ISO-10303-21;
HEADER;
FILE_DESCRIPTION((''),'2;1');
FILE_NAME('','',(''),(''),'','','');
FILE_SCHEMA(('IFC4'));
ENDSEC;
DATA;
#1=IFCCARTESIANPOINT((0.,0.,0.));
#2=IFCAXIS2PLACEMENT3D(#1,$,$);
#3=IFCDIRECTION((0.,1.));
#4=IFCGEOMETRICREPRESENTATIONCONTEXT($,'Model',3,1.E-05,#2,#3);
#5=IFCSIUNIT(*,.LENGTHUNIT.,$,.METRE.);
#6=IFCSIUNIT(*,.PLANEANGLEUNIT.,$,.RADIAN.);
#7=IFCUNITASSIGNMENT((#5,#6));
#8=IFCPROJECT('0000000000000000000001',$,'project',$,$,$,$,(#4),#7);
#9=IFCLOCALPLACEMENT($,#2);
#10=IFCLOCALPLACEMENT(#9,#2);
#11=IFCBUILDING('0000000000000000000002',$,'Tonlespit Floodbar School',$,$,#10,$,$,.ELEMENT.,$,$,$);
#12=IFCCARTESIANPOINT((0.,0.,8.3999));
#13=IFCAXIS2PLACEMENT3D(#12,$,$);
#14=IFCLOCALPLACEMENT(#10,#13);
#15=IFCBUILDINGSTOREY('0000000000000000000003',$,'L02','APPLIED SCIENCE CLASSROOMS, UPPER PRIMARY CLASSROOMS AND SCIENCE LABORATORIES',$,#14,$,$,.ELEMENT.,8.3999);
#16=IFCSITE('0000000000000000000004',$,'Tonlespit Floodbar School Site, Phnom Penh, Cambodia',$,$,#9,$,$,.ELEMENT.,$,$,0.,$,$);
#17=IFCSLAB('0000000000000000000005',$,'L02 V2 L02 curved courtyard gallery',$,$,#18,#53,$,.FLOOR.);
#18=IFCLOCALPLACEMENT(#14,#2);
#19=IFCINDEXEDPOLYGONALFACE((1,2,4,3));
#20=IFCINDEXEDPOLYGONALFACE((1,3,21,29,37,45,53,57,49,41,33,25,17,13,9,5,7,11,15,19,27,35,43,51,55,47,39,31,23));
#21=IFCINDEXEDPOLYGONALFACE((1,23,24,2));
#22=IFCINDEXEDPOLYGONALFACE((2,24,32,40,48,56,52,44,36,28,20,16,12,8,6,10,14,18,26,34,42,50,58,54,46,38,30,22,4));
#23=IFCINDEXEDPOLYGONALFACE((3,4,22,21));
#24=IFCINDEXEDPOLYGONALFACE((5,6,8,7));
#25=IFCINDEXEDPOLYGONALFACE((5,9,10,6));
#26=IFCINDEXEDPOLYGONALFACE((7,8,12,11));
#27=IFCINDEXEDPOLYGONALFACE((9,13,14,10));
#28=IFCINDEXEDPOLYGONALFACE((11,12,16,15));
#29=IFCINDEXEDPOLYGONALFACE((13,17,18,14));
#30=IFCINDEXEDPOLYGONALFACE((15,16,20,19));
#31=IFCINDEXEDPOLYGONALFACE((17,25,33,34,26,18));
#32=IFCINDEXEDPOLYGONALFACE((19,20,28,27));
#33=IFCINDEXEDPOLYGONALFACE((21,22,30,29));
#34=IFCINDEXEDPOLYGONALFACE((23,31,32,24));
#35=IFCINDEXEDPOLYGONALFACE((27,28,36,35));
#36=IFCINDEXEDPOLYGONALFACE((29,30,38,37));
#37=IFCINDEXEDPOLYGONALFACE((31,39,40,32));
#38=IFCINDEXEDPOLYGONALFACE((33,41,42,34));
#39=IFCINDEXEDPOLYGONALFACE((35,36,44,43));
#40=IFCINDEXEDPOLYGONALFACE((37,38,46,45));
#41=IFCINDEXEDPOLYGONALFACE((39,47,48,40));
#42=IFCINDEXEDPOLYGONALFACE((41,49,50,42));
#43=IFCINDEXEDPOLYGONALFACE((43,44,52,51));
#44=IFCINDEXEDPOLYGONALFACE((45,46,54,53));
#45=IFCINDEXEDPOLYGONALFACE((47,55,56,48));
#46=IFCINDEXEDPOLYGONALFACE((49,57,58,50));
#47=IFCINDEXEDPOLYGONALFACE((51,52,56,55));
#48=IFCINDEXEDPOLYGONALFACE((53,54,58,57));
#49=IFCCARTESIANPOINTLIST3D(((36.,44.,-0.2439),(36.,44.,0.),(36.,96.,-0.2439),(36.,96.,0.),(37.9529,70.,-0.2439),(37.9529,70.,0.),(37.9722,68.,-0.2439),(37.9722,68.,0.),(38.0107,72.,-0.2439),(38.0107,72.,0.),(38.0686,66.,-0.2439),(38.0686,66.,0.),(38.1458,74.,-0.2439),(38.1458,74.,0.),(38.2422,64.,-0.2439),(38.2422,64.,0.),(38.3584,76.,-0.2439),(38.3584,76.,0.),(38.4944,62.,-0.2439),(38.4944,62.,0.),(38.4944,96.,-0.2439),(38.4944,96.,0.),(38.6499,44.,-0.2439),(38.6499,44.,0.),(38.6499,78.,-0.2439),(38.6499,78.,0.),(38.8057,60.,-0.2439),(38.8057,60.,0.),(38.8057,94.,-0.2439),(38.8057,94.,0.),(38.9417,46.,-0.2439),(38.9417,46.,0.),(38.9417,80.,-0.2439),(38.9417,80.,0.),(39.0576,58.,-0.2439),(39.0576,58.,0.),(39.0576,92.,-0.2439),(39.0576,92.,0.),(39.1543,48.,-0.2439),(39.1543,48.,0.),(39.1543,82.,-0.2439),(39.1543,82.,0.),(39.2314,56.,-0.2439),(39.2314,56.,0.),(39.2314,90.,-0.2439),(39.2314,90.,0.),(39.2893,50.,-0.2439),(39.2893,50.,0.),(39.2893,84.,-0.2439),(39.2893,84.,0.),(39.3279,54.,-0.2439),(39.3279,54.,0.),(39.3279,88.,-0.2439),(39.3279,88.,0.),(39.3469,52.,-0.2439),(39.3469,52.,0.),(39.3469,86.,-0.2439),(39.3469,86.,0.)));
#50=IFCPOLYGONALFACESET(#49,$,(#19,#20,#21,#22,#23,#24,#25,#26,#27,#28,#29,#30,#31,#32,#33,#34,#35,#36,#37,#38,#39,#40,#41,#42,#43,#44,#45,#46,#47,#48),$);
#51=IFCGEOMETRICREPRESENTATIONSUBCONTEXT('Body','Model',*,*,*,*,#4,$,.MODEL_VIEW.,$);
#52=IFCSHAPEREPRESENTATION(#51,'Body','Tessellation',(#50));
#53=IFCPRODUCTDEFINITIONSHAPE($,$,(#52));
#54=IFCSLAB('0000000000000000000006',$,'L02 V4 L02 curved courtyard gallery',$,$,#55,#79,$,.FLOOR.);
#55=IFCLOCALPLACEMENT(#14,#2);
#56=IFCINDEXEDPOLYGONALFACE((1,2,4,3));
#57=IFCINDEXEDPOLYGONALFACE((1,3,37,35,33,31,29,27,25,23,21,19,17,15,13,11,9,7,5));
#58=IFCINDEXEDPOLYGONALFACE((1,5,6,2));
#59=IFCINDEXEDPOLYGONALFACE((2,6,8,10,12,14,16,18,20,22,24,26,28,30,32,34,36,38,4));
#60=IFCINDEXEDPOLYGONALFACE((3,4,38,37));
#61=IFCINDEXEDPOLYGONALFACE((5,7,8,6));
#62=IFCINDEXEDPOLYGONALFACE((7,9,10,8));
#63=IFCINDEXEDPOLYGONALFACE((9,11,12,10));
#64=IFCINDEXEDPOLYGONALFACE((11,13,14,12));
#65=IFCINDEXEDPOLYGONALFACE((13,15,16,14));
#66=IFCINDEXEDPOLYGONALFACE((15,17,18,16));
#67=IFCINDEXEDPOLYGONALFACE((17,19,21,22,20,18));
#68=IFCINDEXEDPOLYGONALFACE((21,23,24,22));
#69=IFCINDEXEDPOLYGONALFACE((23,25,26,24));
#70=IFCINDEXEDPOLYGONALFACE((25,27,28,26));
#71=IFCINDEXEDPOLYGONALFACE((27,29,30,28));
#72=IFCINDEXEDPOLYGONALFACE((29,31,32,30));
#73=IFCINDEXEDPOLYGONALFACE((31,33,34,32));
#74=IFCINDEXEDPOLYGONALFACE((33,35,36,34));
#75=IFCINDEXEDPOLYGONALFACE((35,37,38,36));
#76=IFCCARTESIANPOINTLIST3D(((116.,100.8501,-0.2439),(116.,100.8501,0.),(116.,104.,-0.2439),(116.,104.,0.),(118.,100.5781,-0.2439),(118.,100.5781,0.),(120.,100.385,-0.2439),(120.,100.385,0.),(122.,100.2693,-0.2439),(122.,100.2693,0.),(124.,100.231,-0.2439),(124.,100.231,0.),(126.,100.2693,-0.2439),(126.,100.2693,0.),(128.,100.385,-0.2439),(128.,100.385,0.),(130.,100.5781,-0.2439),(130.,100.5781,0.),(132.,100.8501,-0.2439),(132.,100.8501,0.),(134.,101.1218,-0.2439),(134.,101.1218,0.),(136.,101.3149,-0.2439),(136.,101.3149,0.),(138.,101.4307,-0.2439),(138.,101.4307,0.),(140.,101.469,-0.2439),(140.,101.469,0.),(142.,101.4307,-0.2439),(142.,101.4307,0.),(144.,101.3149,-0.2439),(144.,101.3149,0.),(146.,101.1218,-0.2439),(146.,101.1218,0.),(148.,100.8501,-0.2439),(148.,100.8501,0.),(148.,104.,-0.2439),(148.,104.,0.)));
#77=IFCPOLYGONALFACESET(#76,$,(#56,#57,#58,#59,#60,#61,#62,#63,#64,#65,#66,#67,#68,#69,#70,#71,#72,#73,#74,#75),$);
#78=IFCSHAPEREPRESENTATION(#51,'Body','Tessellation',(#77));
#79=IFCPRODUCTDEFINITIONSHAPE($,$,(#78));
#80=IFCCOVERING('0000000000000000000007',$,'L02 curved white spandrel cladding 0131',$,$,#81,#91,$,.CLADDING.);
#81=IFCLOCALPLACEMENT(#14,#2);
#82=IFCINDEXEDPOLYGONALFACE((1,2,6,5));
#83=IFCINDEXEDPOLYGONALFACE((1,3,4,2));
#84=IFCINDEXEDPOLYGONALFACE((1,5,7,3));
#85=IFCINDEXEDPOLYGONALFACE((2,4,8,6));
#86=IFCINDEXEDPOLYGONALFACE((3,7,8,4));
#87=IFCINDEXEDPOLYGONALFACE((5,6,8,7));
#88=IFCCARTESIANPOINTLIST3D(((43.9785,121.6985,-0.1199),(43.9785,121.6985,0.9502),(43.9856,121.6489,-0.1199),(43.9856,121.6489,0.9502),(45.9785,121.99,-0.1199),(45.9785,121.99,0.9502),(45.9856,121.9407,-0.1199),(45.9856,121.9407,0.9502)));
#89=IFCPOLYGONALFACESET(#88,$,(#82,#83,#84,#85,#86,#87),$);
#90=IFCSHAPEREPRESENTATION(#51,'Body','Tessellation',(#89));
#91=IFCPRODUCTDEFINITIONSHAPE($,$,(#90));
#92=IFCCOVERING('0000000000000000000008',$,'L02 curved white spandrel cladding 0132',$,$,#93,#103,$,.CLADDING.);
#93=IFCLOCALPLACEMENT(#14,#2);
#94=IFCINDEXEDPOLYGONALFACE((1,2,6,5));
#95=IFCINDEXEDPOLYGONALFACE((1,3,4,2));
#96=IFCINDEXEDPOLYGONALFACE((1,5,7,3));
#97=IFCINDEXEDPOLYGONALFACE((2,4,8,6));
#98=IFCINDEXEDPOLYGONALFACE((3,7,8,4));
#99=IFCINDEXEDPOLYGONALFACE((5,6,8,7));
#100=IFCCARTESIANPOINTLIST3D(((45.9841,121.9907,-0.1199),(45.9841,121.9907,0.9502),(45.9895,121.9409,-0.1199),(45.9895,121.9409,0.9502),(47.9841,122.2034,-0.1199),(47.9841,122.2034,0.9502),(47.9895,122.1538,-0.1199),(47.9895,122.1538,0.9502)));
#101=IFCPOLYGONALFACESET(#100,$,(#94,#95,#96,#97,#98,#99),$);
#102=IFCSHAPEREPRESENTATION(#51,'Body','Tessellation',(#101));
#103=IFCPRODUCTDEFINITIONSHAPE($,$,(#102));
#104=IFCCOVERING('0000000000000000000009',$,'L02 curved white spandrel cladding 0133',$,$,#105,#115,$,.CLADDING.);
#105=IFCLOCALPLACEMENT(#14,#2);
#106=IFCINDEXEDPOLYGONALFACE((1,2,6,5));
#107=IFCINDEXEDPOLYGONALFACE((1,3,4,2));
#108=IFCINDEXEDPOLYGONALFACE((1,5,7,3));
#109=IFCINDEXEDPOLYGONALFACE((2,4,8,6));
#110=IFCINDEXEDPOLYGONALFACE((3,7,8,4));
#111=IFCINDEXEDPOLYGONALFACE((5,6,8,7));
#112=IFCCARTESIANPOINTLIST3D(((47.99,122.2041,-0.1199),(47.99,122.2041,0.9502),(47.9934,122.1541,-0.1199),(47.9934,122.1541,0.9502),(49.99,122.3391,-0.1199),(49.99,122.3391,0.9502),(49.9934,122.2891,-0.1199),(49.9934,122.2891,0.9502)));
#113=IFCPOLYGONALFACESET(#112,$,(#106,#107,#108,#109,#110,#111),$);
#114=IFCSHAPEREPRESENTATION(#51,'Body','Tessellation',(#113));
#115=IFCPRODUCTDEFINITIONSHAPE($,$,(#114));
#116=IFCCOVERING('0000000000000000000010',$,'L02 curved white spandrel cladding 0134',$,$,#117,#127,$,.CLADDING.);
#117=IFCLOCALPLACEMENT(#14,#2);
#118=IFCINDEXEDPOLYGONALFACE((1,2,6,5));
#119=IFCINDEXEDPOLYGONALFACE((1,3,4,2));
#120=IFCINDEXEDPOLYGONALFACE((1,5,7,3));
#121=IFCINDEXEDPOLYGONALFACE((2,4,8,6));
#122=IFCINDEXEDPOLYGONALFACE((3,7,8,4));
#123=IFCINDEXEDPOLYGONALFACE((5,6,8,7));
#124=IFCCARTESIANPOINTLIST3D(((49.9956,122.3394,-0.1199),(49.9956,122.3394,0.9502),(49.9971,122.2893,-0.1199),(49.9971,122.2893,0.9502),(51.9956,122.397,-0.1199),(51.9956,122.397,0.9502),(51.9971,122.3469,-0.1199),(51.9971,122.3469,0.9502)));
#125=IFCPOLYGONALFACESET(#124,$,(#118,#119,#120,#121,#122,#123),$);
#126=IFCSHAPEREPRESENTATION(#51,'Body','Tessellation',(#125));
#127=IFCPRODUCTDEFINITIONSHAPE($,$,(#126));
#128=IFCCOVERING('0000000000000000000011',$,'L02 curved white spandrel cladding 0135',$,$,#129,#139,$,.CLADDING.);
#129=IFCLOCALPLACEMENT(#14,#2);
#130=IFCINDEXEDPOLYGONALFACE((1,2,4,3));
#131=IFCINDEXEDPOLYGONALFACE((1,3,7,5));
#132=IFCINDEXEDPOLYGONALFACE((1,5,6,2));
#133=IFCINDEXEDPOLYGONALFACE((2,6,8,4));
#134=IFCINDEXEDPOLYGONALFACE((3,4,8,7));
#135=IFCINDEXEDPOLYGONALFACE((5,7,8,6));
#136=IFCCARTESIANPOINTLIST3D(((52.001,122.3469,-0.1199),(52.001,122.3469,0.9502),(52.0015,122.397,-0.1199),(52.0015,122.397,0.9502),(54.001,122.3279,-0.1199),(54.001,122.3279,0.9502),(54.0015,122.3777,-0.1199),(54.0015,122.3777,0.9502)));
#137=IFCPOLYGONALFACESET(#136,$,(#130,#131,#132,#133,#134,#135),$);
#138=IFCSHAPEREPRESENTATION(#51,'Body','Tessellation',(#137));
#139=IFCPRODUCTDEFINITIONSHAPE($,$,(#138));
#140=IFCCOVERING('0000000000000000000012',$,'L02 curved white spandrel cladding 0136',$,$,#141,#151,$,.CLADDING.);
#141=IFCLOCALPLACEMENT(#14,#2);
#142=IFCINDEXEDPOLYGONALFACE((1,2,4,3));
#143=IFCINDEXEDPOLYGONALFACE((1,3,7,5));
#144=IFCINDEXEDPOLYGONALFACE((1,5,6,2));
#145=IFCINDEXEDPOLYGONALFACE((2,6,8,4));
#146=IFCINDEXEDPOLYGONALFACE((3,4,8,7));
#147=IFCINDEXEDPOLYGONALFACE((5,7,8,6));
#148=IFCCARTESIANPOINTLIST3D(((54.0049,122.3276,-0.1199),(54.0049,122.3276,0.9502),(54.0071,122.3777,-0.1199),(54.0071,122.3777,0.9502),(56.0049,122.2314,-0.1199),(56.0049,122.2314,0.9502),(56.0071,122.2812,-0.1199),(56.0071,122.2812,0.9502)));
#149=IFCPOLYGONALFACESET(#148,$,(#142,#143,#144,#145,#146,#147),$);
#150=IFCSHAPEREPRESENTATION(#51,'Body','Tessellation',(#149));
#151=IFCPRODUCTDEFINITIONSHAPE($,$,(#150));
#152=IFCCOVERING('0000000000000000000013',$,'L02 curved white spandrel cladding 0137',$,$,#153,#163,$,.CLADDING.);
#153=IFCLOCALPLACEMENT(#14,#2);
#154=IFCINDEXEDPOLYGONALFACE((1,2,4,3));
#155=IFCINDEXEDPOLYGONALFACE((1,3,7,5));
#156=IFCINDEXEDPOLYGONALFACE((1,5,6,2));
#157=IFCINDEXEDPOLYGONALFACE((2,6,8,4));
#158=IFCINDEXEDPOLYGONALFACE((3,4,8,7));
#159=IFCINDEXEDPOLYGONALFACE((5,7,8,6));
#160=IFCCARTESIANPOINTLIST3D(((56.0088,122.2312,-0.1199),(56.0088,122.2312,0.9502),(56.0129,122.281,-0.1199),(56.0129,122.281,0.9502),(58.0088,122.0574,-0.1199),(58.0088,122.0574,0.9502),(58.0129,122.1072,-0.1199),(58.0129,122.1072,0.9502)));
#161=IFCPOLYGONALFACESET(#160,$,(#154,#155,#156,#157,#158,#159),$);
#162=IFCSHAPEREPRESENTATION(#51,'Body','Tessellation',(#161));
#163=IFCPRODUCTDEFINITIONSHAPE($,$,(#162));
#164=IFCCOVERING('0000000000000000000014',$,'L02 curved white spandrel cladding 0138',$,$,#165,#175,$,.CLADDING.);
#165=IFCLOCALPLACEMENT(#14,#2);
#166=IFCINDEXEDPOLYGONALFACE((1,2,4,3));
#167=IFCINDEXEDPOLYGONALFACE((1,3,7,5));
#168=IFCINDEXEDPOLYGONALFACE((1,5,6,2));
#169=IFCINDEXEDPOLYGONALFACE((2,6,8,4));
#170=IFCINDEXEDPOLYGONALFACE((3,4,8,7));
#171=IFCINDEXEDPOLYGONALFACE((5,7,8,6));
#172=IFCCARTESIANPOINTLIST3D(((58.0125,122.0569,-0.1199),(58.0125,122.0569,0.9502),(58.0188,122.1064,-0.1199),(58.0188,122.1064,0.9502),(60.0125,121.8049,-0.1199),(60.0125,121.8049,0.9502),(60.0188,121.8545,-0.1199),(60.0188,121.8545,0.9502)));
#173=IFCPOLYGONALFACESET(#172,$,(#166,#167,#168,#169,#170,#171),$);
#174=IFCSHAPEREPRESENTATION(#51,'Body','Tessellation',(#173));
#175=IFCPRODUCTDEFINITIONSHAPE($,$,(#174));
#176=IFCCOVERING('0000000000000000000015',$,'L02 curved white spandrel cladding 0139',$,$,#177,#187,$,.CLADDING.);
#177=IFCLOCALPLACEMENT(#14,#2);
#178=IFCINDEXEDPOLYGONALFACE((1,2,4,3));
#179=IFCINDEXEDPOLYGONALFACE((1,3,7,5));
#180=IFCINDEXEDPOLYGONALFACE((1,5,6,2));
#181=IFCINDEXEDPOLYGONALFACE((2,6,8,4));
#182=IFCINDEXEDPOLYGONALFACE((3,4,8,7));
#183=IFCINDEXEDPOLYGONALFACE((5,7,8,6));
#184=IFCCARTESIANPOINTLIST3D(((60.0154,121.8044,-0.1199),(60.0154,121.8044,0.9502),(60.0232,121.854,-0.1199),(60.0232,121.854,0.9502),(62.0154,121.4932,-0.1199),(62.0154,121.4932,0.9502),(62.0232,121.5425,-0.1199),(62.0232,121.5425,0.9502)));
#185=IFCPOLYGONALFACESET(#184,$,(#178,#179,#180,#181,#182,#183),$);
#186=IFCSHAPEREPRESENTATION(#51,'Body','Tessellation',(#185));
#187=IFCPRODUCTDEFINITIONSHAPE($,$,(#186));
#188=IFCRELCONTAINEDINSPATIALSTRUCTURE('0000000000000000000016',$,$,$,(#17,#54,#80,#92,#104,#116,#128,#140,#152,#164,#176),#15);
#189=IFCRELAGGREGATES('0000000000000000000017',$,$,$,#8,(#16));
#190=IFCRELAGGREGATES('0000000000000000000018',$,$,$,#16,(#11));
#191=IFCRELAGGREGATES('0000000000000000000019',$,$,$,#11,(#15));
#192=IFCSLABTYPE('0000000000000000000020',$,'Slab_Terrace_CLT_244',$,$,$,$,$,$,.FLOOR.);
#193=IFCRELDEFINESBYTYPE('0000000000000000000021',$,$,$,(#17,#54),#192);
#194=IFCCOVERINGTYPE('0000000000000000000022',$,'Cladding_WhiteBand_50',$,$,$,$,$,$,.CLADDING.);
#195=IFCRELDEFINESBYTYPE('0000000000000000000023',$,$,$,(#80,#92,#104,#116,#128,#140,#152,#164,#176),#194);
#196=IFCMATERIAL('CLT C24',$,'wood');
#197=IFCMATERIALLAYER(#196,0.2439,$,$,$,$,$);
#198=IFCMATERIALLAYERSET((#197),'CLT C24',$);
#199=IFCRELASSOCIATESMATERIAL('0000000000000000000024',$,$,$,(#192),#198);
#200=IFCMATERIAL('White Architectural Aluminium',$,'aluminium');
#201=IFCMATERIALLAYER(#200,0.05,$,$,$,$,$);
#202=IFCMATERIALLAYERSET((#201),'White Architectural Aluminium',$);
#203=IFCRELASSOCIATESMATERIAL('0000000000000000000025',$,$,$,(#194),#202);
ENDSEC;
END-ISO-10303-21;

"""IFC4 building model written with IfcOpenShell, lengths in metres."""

from ifc_helpers import new_model, si_unit, direction, frame, origin, place, context, subcontext, project, spatial, polyline, outline, extrude, material, layer, layer_set, type_object, element, save


model = new_model("IFC4")

# Units and contexts
model_context = context("Model", 3, precision=1e-05, world=origin(), true_north=direction((0.0, 1.0)))
body_context = subcontext(model_context, "Body", "Model", "MODEL_VIEW")
ifc_project = project(units=[si_unit("LENGTHUNIT", "METRE"), si_unit("PLANEANGLEUNIT", "RADIAN")], contexts=[model_context])

# Site, building, storey
site_placement = place(None, origin())
site = spatial("IfcSite", under=ifc_project, at=site_placement, Name="Tonlespit Floodbar School Site, Phnom Penh, Cambodia", CompositionType="ELEMENT", RefElevation=0.0)
building_placement = place(site_placement, origin())
building = spatial("IfcBuilding", under=site, at=building_placement, Name="Tonlespit Floodbar School", CompositionType="ELEMENT")
storey_placement = place(building_placement, frame((0.0, 0.0, 8.3999)))
storey = spatial("IfcBuildingStorey", under=building, at=storey_placement, Name="L02", Description="APPLIED SCIENCE CLASSROOMS, UPPER PRIMARY CLASSROOMS AND SCIENCE LABORATORIES", CompositionType="ELEMENT", Elevation=8.3999)

# Slabs
ifc_material_1 = material(Name="CLT C24", Category="wood")
ifc_layer_1 = layer(ifc_material_1, 0.2439)
ifc_layer_set_1 = layer_set([ifc_layer_1], Name="CLT C24")
slab_type_1 = type_object("IfcSlabType", Name="Slab_Terrace_CLT_244", PredefinedType="FLOOR", material=ifc_layer_set_1)
slab_1_placement = place(storey_placement, frame((0.0, 0.0, -0.2439)))
element("IfcSlab", 1, at=slab_1_placement, inside=storey, type_object=slab_type_1, Name="L02 V2 L02 curved courtyard gallery", PredefinedType="FLOOR", context=body_context, shape_type="SweptSolid", body=[
    extrude(outline(polyline([(36.0, 44.0), (38.6499, 44.0), (38.9417, 46.0), (39.1543, 48.0), (39.2893, 50.0), (39.3469, 52.0), (39.3279, 54.0), (39.2314, 56.0), (39.0576, 58.0), (38.8057, 60.0), (38.4944, 62.0), (38.2422, 64.0), (38.0686, 66.0), (37.9722, 68.0), (37.9529, 70.0), (38.0107, 72.0), (38.1458, 74.0), (38.3584, 76.0), (38.6499, 78.0), (38.9417, 80.0), (39.1543, 82.0), (39.2893, 84.0), (39.3469, 86.0), (39.3279, 88.0), (39.2314, 90.0), (39.0576, 92.0), (38.8057, 94.0), (38.4944, 96.0), (36.0, 96.0), (36.0, 44.0)])), origin(), (0.0, 0.0, 1.0), 0.2439),
])
slab_2_placement = place(storey_placement, frame((0.0, 0.0, -0.2439)))
element("IfcSlab", 2, at=slab_2_placement, inside=storey, type_object=slab_type_1, Name="L02 V4 L02 curved courtyard gallery", PredefinedType="FLOOR", context=body_context, shape_type="SweptSolid", body=[
    extrude(outline(polyline([(116.0, 100.8501), (118.0, 100.5781), (120.0, 100.385), (122.0, 100.2693), (124.0, 100.231), (126.0, 100.2693), (128.0, 100.385), (130.0, 100.5781), (132.0, 100.8501), (134.0, 101.1218), (136.0, 101.3149), (138.0, 101.4307), (140.0, 101.469), (142.0, 101.4307), (144.0, 101.3149), (146.0, 101.1218), (148.0, 100.8501), (148.0, 104.0), (116.0, 104.0), (116.0, 100.8501)])), origin(), (0.0, 0.0, 1.0), 0.2439),
])

# Coverings
ifc_material_2 = material(Name="White Architectural Aluminium", Category="aluminium")
ifc_layer_2 = layer(ifc_material_2, 0.05)
ifc_layer_set_2 = layer_set([ifc_layer_2], Name="White Architectural Aluminium")
covering_type = type_object("IfcCoveringType", Name="Cladding_WhiteBand_50", PredefinedType="CLADDING", material=ifc_layer_set_2)
covering_1_placement = place(storey_placement, frame((0.0, 0.0, -0.1199)))
element("IfcCovering", 3, at=covering_1_placement, inside=storey, type_object=covering_type, Name="L02 curved white spandrel cladding 0131", PredefinedType="CLADDING", context=body_context, shape_type="SweptSolid", body=[
    extrude(outline(polyline([(43.9856, 121.6489), (45.9856, 121.9407), (45.9785, 121.99), (43.9785, 121.6985), (43.9856, 121.6489)])), origin(), (0.0, 0.0, 1.0), 1.0701),
])
covering_2_placement = place(storey_placement, frame((0.0, 0.0, -0.1199)))
element("IfcCovering", 4, at=covering_2_placement, inside=storey, type_object=covering_type, Name="L02 curved white spandrel cladding 0132", PredefinedType="CLADDING", context=body_context, shape_type="SweptSolid", body=[
    extrude(outline(polyline([(45.9895, 121.9409), (47.9895, 122.1538), (47.9841, 122.2034), (45.9841, 121.9907), (45.9895, 121.9409)])), origin(), (0.0, 0.0, 1.0), 1.0701),
])
covering_3_placement = place(storey_placement, frame((0.0, 0.0, -0.1199)))
element("IfcCovering", 5, at=covering_3_placement, inside=storey, type_object=covering_type, Name="L02 curved white spandrel cladding 0133", PredefinedType="CLADDING", context=body_context, shape_type="SweptSolid", body=[
    extrude(outline(polyline([(47.9934, 122.1541), (49.9934, 122.2891), (49.99, 122.3391), (47.99, 122.2041), (47.9934, 122.1541)])), origin(), (0.0, 0.0, 1.0), 1.0701),
])
covering_4_placement = place(storey_placement, frame((0.0, 0.0, -0.1199)))
element("IfcCovering", 6, at=covering_4_placement, inside=storey, type_object=covering_type, Name="L02 curved white spandrel cladding 0134", PredefinedType="CLADDING", context=body_context, shape_type="SweptSolid", body=[
    extrude(outline(polyline([(49.9971, 122.2893), (51.9971, 122.3469), (51.9956, 122.397), (49.9956, 122.3394), (49.9971, 122.2893)])), origin(), (0.0, 0.0, 1.0), 1.0701),
])
covering_5_placement = place(storey_placement, frame((0.0, 0.0, -0.1199)))
element("IfcCovering", 7, at=covering_5_placement, inside=storey, type_object=covering_type, Name="L02 curved white spandrel cladding 0135", PredefinedType="CLADDING", context=body_context, shape_type="SweptSolid", body=[
    extrude(outline(polyline([(52.001, 122.3469), (54.001, 122.3279), (54.0015, 122.3777), (52.0015, 122.397), (52.001, 122.3469)])), origin(), (0.0, 0.0, 1.0), 1.0701),
])
covering_6_placement = place(storey_placement, frame((0.0, 0.0, -0.1199)))
element("IfcCovering", 8, at=covering_6_placement, inside=storey, type_object=covering_type, Name="L02 curved white spandrel cladding 0136", PredefinedType="CLADDING", context=body_context, shape_type="SweptSolid", body=[
    extrude(outline(polyline([(54.0049, 122.3276), (56.0049, 122.2314), (56.0071, 122.2812), (54.0071, 122.3777), (54.0049, 122.3276)])), origin(), (0.0, 0.0, 1.0), 1.0701),
])
covering_7_placement = place(storey_placement, frame((0.0, 0.0, -0.1199)))
element("IfcCovering", 9, at=covering_7_placement, inside=storey, type_object=covering_type, Name="L02 curved white spandrel cladding 0137", PredefinedType="CLADDING", context=body_context, shape_type="SweptSolid", body=[
    extrude(outline(polyline([(56.0088, 122.2312), (58.0088, 122.0574), (58.0129, 122.1072), (56.0129, 122.281), (56.0088, 122.2312)])), origin(), (0.0, 0.0, 1.0), 1.0701),
])
covering_8_placement = place(storey_placement, frame((0.0, 0.0, -0.1199)))
element("IfcCovering", 10, at=covering_8_placement, inside=storey, type_object=covering_type, Name="L02 curved white spandrel cladding 0138", PredefinedType="CLADDING", context=body_context, shape_type="SweptSolid", body=[
    extrude(outline(polyline([(58.0125, 122.0569), (60.0125, 121.8049), (60.0188, 121.8545), (58.0188, 122.1064), (58.0125, 122.0569)])), origin(), (0.0, 0.0, 1.0), 1.0701),
])
covering_9_placement = place(storey_placement, frame((0.0, 0.0, -0.1199)))
element("IfcCovering", 11, at=covering_9_placement, inside=storey, type_object=covering_type, Name="L02 curved white spandrel cladding 0139", PredefinedType="CLADDING", context=body_context, shape_type="SweptSolid", body=[
    extrude(outline(polyline([(60.0154, 121.8044), (62.0154, 121.4932), (62.0232, 121.5425), (60.0232, 121.854), (60.0154, 121.8044)])), origin(), (0.0, 0.0, 1.0), 1.0701),
])

save(model, "model.ifc")
